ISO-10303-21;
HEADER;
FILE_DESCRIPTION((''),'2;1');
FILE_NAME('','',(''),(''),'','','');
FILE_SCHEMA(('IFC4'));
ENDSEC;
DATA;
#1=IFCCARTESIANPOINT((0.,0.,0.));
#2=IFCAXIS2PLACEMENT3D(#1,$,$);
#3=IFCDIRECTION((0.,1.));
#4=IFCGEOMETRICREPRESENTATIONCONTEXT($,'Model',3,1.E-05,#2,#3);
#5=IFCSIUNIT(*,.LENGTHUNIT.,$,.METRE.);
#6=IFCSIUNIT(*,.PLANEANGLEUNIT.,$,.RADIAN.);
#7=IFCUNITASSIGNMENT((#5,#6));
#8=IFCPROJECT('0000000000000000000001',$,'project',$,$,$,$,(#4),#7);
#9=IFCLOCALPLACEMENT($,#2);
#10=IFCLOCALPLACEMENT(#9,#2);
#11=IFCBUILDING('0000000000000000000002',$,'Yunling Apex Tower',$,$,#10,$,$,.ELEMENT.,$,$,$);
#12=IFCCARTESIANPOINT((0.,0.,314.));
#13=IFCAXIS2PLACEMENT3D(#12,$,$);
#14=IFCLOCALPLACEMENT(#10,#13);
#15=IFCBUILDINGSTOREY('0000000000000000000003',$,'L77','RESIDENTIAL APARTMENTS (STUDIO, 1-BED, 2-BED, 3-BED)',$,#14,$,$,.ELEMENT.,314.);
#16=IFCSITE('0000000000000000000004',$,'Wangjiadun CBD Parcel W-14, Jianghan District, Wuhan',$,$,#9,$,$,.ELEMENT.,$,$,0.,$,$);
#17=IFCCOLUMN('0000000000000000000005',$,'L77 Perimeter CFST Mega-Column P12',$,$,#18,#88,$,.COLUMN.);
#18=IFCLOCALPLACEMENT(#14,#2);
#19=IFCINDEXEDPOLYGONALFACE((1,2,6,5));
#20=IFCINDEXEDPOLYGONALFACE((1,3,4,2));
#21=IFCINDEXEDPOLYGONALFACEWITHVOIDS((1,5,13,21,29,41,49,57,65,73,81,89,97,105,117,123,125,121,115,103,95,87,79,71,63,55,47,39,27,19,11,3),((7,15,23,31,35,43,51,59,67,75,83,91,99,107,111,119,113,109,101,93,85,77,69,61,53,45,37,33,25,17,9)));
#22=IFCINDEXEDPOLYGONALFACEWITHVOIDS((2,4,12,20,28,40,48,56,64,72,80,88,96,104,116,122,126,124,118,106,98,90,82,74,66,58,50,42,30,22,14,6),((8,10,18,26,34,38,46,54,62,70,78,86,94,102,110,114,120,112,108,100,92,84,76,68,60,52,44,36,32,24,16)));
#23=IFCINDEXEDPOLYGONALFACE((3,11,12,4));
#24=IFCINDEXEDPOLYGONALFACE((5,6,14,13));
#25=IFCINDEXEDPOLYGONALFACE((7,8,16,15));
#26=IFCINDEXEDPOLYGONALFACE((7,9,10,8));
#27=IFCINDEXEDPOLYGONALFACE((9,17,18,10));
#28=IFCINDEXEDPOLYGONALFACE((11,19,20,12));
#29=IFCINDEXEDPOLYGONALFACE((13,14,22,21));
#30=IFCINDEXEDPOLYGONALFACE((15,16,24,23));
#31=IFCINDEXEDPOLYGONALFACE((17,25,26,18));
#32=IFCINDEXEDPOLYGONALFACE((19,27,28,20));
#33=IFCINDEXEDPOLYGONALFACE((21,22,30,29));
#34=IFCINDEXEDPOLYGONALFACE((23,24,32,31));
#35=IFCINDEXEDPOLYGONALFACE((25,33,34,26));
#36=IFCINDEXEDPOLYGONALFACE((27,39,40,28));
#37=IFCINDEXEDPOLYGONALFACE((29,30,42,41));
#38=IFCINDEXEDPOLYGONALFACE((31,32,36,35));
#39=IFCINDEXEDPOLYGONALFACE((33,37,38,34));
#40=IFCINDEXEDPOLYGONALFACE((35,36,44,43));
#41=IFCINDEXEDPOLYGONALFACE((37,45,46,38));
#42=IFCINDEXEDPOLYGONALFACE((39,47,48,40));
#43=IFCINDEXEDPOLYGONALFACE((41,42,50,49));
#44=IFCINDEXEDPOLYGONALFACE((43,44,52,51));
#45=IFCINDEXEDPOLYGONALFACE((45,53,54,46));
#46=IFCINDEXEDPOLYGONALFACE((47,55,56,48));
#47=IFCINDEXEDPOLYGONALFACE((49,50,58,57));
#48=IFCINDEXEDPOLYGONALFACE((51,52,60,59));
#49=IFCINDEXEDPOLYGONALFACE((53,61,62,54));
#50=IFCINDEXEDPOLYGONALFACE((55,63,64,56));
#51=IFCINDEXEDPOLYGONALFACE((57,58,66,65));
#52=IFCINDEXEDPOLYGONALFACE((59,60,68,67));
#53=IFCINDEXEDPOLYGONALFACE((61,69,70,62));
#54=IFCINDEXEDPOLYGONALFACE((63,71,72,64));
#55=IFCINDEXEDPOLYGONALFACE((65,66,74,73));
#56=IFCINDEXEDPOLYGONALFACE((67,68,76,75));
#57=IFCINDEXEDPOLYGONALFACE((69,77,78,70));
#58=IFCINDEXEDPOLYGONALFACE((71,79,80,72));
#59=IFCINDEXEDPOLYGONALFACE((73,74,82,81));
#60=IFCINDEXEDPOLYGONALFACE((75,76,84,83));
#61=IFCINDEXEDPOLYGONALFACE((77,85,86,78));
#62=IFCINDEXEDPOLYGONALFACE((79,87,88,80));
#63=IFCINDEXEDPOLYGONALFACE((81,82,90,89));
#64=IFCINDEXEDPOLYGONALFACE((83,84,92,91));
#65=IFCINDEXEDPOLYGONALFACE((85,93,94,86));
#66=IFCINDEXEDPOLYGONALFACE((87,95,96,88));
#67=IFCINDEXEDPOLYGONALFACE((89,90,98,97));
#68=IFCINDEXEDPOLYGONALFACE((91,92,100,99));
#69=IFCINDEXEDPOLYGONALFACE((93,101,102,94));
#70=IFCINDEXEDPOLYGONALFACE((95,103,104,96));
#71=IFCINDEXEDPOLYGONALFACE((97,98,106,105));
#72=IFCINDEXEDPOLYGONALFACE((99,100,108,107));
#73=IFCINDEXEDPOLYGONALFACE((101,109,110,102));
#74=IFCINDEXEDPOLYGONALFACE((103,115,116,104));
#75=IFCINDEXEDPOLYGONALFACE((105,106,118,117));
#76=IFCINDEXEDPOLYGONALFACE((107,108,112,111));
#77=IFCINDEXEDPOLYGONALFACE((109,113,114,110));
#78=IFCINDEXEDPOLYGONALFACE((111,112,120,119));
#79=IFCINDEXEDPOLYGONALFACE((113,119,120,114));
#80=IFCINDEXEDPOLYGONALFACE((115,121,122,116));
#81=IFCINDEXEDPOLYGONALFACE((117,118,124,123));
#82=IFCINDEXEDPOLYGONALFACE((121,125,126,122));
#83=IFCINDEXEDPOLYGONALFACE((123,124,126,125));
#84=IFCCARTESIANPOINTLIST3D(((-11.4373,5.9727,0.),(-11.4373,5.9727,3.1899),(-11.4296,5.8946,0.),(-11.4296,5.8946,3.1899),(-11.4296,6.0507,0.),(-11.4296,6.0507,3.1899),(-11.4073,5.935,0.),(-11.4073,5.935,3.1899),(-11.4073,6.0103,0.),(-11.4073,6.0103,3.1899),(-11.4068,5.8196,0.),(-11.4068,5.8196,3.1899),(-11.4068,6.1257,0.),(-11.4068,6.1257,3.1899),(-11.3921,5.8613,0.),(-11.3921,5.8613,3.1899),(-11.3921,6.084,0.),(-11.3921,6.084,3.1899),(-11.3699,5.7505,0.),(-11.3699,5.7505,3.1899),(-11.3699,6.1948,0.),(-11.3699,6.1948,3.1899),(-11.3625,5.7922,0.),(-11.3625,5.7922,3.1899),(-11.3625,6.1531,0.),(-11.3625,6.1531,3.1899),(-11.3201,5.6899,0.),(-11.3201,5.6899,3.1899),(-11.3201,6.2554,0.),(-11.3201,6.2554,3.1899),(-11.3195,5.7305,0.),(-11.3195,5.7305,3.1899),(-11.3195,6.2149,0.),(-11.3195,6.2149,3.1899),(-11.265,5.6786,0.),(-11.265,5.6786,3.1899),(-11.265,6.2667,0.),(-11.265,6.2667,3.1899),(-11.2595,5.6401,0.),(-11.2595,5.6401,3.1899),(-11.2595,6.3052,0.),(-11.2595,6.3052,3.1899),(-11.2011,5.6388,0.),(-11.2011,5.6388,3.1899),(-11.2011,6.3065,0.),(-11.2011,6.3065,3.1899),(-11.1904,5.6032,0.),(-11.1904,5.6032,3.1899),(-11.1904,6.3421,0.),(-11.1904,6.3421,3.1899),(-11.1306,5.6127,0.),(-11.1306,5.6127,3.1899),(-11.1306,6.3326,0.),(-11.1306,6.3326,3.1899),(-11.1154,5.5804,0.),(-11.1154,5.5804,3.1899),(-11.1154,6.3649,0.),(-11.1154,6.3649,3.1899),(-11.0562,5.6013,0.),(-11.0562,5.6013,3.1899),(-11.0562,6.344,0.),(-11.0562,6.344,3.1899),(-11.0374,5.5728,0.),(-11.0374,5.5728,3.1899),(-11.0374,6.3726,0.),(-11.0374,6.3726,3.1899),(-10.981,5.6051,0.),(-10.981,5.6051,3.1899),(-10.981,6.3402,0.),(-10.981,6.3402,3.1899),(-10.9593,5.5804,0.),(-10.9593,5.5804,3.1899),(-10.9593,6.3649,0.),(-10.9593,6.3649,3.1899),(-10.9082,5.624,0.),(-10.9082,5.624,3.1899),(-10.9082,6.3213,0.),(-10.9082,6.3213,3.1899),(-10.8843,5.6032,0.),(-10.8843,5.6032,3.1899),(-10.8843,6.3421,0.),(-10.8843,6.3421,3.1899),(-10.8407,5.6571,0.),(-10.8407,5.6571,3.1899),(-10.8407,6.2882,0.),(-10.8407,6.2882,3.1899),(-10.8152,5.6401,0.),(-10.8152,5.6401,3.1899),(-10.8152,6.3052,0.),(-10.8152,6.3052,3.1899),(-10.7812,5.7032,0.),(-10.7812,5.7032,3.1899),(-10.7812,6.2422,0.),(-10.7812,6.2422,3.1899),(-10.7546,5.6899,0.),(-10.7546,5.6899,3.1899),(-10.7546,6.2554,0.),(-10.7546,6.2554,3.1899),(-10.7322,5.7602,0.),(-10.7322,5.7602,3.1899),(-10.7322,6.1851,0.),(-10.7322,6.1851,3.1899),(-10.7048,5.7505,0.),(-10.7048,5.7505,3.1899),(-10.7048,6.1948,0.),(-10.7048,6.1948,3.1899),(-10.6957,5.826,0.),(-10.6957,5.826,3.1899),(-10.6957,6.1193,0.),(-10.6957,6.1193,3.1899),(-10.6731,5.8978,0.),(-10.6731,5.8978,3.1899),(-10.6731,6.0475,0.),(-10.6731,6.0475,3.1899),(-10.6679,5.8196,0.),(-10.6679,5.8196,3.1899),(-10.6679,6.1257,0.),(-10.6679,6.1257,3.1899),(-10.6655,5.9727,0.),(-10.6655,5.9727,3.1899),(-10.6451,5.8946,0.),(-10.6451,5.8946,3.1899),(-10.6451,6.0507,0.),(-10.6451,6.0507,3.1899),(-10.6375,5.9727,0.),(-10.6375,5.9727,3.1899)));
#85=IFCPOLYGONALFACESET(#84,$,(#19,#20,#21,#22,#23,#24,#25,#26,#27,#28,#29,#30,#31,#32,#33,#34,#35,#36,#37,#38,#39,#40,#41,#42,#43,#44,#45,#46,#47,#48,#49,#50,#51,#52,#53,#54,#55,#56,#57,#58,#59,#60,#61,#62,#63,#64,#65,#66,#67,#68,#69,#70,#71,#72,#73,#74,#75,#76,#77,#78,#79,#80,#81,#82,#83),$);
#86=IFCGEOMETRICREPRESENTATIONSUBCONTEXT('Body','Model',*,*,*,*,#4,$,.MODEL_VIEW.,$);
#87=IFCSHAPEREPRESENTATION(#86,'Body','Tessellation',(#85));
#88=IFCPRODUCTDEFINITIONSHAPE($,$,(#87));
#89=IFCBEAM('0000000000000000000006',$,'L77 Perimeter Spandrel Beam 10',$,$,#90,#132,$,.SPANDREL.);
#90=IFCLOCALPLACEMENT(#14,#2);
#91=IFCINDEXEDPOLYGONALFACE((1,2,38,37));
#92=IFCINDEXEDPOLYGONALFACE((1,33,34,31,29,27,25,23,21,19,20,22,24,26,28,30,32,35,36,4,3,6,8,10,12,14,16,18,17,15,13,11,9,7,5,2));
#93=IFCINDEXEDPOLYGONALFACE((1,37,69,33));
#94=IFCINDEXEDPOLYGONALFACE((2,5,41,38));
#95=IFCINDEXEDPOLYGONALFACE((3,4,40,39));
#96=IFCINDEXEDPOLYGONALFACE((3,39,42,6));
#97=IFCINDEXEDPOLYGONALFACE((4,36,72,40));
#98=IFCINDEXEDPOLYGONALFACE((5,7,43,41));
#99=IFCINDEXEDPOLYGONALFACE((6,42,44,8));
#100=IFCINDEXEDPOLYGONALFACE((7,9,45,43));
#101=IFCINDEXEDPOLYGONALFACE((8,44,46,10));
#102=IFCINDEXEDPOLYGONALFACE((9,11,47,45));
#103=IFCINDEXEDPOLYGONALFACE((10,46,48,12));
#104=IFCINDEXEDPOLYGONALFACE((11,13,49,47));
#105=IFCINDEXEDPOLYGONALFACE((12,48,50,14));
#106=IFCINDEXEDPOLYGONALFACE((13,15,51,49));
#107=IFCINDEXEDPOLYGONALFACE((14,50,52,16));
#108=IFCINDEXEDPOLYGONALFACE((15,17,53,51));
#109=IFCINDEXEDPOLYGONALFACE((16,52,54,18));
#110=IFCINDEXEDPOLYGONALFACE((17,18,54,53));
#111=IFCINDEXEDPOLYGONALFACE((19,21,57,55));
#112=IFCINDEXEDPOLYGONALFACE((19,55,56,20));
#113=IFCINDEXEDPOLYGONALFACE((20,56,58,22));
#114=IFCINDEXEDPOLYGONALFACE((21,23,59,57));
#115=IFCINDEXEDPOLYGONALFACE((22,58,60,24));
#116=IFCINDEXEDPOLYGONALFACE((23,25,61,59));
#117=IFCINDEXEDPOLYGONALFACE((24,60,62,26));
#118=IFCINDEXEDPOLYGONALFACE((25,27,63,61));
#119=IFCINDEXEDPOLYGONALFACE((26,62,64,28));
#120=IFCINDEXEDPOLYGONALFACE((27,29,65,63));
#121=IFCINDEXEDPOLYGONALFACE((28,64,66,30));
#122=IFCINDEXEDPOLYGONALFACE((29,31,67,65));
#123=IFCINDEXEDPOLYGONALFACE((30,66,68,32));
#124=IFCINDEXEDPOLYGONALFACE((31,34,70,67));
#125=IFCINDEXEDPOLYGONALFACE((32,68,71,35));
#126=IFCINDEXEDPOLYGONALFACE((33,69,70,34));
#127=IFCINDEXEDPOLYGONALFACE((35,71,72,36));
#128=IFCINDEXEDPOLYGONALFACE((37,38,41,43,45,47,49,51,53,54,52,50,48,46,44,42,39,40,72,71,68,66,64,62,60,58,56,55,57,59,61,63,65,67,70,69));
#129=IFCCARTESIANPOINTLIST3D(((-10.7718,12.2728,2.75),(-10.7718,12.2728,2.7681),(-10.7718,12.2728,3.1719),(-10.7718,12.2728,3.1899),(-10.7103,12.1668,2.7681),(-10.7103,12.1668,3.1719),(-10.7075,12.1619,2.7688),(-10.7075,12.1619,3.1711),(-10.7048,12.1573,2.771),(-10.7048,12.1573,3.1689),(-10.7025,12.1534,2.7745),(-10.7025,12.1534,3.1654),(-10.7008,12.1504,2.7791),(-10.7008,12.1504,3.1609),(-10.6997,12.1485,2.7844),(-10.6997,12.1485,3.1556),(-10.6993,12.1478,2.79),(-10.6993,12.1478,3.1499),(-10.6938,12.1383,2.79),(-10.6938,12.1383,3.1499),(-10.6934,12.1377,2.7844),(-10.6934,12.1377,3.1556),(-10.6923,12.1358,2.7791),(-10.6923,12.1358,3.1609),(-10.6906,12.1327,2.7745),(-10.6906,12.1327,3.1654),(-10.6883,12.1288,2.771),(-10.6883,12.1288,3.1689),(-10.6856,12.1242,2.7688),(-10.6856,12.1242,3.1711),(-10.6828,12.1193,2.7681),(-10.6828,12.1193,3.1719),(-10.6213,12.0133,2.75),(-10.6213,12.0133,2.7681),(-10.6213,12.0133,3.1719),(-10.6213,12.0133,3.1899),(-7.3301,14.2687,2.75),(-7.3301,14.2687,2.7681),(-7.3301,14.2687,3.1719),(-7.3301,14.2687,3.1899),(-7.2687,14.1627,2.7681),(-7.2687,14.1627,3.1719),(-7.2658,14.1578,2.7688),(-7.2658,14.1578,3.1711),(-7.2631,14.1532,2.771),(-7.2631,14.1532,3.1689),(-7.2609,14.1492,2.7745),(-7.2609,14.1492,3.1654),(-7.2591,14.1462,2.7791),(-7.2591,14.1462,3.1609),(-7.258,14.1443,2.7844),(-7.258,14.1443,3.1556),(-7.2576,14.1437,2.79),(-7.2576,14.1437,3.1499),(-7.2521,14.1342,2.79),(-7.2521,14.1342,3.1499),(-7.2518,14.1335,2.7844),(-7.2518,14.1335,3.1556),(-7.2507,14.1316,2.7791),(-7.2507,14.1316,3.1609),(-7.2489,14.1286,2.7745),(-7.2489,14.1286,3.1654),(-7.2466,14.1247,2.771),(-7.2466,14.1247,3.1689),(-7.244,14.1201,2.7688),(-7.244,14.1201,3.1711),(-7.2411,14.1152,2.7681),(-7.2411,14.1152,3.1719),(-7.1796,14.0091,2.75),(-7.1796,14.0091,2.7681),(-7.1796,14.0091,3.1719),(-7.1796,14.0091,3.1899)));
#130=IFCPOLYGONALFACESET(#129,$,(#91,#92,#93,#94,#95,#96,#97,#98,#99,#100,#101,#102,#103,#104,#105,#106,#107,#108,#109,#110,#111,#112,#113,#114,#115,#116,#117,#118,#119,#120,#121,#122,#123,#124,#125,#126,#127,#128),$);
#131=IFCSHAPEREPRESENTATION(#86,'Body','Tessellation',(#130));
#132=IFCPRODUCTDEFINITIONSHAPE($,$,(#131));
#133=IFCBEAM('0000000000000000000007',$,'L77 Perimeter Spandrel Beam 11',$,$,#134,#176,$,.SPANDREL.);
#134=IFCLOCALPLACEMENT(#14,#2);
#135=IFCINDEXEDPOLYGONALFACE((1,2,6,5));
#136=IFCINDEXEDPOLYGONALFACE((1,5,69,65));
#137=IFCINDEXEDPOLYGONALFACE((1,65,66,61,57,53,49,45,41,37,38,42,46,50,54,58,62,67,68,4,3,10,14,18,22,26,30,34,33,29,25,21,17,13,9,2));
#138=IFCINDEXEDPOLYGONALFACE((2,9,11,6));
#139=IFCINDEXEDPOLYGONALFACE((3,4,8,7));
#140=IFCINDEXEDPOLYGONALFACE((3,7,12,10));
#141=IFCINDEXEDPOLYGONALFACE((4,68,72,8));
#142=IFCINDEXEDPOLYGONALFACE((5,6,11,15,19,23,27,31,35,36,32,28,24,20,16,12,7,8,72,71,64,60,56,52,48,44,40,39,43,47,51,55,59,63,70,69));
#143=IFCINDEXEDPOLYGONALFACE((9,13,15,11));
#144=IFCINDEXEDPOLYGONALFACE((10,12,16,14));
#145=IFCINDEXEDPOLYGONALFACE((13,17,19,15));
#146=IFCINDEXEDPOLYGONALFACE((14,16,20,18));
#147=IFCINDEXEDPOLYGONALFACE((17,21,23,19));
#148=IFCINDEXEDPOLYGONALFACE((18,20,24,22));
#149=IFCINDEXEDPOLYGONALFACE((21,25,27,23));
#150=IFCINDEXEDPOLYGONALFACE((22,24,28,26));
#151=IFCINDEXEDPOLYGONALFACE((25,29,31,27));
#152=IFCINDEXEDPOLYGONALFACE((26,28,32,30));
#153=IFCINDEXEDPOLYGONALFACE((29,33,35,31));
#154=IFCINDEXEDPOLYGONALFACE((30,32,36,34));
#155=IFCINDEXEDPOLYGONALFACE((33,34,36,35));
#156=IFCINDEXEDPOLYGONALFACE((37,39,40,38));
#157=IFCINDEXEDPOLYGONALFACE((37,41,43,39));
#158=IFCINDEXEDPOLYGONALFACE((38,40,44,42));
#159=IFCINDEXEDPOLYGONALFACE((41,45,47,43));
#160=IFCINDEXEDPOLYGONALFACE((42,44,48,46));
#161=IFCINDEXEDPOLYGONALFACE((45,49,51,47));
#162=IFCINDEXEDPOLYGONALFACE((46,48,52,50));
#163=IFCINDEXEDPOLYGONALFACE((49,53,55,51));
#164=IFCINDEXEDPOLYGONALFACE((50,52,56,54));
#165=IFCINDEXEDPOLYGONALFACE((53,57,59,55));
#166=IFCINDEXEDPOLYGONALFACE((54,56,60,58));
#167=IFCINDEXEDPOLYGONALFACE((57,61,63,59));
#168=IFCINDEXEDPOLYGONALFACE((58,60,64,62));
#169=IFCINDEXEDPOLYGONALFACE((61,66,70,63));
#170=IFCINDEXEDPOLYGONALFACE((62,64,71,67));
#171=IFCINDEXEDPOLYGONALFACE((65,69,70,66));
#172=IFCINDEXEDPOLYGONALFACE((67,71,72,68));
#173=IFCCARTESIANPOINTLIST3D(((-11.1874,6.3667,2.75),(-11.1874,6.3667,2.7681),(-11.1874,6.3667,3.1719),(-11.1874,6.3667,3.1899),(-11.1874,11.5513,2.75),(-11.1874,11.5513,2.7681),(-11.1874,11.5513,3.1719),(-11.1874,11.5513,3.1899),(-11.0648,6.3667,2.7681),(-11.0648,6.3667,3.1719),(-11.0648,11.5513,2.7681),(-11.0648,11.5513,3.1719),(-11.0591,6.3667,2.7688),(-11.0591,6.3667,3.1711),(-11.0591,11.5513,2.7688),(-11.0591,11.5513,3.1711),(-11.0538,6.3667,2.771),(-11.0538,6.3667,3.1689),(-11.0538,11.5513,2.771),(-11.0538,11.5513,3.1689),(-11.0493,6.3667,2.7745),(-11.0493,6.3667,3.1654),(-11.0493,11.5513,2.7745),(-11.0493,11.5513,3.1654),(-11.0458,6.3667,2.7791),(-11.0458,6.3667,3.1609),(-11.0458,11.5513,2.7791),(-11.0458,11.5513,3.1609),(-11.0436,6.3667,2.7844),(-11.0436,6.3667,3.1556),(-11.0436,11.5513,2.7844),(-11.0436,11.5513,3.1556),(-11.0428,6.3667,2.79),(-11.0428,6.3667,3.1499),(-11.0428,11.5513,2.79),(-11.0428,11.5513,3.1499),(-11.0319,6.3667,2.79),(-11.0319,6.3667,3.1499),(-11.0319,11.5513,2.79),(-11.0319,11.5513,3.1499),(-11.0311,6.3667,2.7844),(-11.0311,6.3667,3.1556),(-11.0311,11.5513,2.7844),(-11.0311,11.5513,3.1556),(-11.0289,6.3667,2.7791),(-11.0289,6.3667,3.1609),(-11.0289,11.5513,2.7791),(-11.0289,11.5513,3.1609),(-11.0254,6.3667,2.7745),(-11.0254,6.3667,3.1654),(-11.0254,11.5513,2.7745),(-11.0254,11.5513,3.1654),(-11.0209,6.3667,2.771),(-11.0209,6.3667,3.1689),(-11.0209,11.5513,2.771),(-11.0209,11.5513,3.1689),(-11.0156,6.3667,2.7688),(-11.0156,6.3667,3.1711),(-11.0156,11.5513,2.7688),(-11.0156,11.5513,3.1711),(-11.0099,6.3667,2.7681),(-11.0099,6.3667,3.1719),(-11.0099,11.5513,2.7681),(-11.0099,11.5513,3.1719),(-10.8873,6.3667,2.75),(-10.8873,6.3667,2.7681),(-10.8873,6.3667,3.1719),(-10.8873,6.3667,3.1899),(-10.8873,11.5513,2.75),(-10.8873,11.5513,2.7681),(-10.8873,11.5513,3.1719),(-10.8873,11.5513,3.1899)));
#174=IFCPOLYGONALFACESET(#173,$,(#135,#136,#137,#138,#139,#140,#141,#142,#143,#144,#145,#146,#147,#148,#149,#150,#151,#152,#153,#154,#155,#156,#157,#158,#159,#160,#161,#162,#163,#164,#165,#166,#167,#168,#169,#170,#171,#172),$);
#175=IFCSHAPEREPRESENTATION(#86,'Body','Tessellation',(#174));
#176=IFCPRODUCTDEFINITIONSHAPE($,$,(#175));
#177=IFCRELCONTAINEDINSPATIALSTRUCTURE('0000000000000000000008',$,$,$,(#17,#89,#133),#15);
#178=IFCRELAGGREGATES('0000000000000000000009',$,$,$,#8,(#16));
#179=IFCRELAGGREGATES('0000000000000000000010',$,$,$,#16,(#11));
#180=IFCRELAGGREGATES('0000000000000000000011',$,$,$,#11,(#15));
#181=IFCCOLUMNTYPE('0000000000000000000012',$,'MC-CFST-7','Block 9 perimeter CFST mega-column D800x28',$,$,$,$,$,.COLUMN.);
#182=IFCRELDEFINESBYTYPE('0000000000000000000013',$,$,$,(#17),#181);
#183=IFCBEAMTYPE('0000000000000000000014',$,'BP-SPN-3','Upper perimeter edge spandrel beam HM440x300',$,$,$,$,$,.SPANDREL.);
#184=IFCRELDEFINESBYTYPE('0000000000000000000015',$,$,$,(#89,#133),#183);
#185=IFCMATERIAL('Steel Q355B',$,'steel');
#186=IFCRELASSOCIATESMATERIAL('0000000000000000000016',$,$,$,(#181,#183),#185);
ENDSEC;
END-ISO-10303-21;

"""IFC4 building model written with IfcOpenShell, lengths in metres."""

from ifc_helpers import new_model, si_unit, direction, frame, origin, origin_2d, place, context, subcontext, project, spatial, hollow_circle, i_section, extrude, source, transform, mapped, material, material_profile, profile_set, type_object, element, save


model = new_model("IFC4")

# Units and contexts
model_context = context("Model", 3, precision=1e-05, world=origin(), true_north=direction((0.0, 1.0)))
body_context = subcontext(model_context, "Body", "Model", "MODEL_VIEW")
ifc_project = project(units=[si_unit("LENGTHUNIT", "METRE"), si_unit("PLANEANGLEUNIT", "RADIAN")], contexts=[model_context])

# Site, building, storey
site_placement = place(None, origin())
site = spatial("IfcSite", under=ifc_project, at=site_placement, Name="Wangjiadun CBD Parcel W-14, Jianghan District, Wuhan", CompositionType="ELEMENT", RefElevation=0.0)
building_placement = place(site_placement, origin())
building = spatial("IfcBuilding", under=site, at=building_placement, Name="Yunling Apex Tower", CompositionType="ELEMENT")
storey_placement = place(building_placement, frame((0.0, 0.0, 314.0)))
storey = spatial("IfcBuildingStorey", under=building, at=storey_placement, Name="L77", Description="RESIDENTIAL APARTMENTS (STUDIO, 1-BED, 2-BED, 3-BED)", CompositionType="ELEMENT", Elevation=314.0)

# Column
ifc_material_1 = material(Name="Steel Q355B", Category="steel")
ifc_material_profile_1 = material_profile(ifc_material_1, hollow_circle(Radius=0.3999, WallThickness=0.0281, at=origin_2d()))
ifc_profile_set_1 = profile_set([ifc_material_profile_1], Name="Steel Q355B")
column_type = type_object("IfcColumnType", Name="MC-CFST-7", Description="Block 9 perimeter CFST mega-column D800x28", PredefinedType="COLUMN", material=ifc_profile_set_1)
shared_shape_1 = source(origin(), body_context, "Body", "SweptSolid", [
    extrude(hollow_circle(Radius=0.3999, WallThickness=0.0281, at=origin_2d()), origin(), (0.0, 0.0, 1.0), 3.1899),
])
for number, where, z_axis, x_axis, name in (
    (1, (-11.0374, 5.9727, 0.0), (0.0, 0.0, 1.0), (1.0, 0.0, 0.0), "L77 Perimeter CFST Mega-Column P12"),
):
    element("IfcColumn", number, at=place(storey_placement, frame(where, z_axis=z_axis, x_axis=x_axis)), inside=storey, type_object=column_type, Name=name, PredefinedType="COLUMN", context=body_context, shape_type="MappedRepresentation", body=[
        mapped(shared_shape_1, transform((0.0, 0.0, 0.0), scale=1.0)),
    ])

# Beams
ifc_material_profile_2 = material_profile(ifc_material_1, i_section(OverallWidth=0.3, OverallDepth=0.4399, WebThickness=0.011, FlangeThickness=0.0181, FilletRadius=0.022, at=origin_2d()))
ifc_profile_set_2 = profile_set([ifc_material_profile_2], Name="Steel Q355B")
beam_type_1 = type_object("IfcBeamType", Name="BP-SPN-3", Description="Upper perimeter edge spandrel beam HM440x300", PredefinedType="SPANDREL", material=ifc_profile_set_2)
shared_shape_2 = source(origin(), body_context, "Body", "SweptSolid", [
    extrude(i_section(OverallWidth=0.3, OverallDepth=0.4399, WebThickness=0.011, FlangeThickness=0.0181, FilletRadius=0.022, at=origin_2d()), origin(), (0.0, 0.0, 1.0), 3.9785),
])
beam_1_placement = place(storey_placement, frame((-7.2549, 14.1389, 2.97), z_axis=(-0.865065, -0.50166, 0.0), x_axis=(0.50166, -0.865065, 0.0)))
element("IfcBeam", 2, at=beam_1_placement, inside=storey, type_object=beam_type_1, Name="L77 Perimeter Spandrel Beam 10", PredefinedType="SPANDREL", context=body_context, shape_type="MappedRepresentation", body=[
    mapped(shared_shape_2, transform((0.0, 0.0, 0.0), scale=1.0)),
])
shared_shape_3 = source(origin(), body_context, "Body", "SweptSolid", [
    extrude(i_section(OverallWidth=0.3, OverallDepth=0.4399, WebThickness=0.011, FlangeThickness=0.0181, FilletRadius=0.022, at=origin_2d()), origin(), (0.0, 0.0, 1.0), 5.1846),
])
beam_2_placement = place(storey_placement, frame((-11.0374, 11.5513, 2.97), z_axis=(0.0, -1.0, 0.0), x_axis=(1.0, 0.0, 0.0)))
element("IfcBeam", 3, at=beam_2_placement, inside=storey, type_object=beam_type_1, Name="L77 Perimeter Spandrel Beam 11", PredefinedType="SPANDREL", context=body_context, shape_type="MappedRepresentation", body=[
    mapped(shared_shape_3, transform((0.0, 0.0, 0.0), scale=1.0)),
])

save(model, "model.ifc")
